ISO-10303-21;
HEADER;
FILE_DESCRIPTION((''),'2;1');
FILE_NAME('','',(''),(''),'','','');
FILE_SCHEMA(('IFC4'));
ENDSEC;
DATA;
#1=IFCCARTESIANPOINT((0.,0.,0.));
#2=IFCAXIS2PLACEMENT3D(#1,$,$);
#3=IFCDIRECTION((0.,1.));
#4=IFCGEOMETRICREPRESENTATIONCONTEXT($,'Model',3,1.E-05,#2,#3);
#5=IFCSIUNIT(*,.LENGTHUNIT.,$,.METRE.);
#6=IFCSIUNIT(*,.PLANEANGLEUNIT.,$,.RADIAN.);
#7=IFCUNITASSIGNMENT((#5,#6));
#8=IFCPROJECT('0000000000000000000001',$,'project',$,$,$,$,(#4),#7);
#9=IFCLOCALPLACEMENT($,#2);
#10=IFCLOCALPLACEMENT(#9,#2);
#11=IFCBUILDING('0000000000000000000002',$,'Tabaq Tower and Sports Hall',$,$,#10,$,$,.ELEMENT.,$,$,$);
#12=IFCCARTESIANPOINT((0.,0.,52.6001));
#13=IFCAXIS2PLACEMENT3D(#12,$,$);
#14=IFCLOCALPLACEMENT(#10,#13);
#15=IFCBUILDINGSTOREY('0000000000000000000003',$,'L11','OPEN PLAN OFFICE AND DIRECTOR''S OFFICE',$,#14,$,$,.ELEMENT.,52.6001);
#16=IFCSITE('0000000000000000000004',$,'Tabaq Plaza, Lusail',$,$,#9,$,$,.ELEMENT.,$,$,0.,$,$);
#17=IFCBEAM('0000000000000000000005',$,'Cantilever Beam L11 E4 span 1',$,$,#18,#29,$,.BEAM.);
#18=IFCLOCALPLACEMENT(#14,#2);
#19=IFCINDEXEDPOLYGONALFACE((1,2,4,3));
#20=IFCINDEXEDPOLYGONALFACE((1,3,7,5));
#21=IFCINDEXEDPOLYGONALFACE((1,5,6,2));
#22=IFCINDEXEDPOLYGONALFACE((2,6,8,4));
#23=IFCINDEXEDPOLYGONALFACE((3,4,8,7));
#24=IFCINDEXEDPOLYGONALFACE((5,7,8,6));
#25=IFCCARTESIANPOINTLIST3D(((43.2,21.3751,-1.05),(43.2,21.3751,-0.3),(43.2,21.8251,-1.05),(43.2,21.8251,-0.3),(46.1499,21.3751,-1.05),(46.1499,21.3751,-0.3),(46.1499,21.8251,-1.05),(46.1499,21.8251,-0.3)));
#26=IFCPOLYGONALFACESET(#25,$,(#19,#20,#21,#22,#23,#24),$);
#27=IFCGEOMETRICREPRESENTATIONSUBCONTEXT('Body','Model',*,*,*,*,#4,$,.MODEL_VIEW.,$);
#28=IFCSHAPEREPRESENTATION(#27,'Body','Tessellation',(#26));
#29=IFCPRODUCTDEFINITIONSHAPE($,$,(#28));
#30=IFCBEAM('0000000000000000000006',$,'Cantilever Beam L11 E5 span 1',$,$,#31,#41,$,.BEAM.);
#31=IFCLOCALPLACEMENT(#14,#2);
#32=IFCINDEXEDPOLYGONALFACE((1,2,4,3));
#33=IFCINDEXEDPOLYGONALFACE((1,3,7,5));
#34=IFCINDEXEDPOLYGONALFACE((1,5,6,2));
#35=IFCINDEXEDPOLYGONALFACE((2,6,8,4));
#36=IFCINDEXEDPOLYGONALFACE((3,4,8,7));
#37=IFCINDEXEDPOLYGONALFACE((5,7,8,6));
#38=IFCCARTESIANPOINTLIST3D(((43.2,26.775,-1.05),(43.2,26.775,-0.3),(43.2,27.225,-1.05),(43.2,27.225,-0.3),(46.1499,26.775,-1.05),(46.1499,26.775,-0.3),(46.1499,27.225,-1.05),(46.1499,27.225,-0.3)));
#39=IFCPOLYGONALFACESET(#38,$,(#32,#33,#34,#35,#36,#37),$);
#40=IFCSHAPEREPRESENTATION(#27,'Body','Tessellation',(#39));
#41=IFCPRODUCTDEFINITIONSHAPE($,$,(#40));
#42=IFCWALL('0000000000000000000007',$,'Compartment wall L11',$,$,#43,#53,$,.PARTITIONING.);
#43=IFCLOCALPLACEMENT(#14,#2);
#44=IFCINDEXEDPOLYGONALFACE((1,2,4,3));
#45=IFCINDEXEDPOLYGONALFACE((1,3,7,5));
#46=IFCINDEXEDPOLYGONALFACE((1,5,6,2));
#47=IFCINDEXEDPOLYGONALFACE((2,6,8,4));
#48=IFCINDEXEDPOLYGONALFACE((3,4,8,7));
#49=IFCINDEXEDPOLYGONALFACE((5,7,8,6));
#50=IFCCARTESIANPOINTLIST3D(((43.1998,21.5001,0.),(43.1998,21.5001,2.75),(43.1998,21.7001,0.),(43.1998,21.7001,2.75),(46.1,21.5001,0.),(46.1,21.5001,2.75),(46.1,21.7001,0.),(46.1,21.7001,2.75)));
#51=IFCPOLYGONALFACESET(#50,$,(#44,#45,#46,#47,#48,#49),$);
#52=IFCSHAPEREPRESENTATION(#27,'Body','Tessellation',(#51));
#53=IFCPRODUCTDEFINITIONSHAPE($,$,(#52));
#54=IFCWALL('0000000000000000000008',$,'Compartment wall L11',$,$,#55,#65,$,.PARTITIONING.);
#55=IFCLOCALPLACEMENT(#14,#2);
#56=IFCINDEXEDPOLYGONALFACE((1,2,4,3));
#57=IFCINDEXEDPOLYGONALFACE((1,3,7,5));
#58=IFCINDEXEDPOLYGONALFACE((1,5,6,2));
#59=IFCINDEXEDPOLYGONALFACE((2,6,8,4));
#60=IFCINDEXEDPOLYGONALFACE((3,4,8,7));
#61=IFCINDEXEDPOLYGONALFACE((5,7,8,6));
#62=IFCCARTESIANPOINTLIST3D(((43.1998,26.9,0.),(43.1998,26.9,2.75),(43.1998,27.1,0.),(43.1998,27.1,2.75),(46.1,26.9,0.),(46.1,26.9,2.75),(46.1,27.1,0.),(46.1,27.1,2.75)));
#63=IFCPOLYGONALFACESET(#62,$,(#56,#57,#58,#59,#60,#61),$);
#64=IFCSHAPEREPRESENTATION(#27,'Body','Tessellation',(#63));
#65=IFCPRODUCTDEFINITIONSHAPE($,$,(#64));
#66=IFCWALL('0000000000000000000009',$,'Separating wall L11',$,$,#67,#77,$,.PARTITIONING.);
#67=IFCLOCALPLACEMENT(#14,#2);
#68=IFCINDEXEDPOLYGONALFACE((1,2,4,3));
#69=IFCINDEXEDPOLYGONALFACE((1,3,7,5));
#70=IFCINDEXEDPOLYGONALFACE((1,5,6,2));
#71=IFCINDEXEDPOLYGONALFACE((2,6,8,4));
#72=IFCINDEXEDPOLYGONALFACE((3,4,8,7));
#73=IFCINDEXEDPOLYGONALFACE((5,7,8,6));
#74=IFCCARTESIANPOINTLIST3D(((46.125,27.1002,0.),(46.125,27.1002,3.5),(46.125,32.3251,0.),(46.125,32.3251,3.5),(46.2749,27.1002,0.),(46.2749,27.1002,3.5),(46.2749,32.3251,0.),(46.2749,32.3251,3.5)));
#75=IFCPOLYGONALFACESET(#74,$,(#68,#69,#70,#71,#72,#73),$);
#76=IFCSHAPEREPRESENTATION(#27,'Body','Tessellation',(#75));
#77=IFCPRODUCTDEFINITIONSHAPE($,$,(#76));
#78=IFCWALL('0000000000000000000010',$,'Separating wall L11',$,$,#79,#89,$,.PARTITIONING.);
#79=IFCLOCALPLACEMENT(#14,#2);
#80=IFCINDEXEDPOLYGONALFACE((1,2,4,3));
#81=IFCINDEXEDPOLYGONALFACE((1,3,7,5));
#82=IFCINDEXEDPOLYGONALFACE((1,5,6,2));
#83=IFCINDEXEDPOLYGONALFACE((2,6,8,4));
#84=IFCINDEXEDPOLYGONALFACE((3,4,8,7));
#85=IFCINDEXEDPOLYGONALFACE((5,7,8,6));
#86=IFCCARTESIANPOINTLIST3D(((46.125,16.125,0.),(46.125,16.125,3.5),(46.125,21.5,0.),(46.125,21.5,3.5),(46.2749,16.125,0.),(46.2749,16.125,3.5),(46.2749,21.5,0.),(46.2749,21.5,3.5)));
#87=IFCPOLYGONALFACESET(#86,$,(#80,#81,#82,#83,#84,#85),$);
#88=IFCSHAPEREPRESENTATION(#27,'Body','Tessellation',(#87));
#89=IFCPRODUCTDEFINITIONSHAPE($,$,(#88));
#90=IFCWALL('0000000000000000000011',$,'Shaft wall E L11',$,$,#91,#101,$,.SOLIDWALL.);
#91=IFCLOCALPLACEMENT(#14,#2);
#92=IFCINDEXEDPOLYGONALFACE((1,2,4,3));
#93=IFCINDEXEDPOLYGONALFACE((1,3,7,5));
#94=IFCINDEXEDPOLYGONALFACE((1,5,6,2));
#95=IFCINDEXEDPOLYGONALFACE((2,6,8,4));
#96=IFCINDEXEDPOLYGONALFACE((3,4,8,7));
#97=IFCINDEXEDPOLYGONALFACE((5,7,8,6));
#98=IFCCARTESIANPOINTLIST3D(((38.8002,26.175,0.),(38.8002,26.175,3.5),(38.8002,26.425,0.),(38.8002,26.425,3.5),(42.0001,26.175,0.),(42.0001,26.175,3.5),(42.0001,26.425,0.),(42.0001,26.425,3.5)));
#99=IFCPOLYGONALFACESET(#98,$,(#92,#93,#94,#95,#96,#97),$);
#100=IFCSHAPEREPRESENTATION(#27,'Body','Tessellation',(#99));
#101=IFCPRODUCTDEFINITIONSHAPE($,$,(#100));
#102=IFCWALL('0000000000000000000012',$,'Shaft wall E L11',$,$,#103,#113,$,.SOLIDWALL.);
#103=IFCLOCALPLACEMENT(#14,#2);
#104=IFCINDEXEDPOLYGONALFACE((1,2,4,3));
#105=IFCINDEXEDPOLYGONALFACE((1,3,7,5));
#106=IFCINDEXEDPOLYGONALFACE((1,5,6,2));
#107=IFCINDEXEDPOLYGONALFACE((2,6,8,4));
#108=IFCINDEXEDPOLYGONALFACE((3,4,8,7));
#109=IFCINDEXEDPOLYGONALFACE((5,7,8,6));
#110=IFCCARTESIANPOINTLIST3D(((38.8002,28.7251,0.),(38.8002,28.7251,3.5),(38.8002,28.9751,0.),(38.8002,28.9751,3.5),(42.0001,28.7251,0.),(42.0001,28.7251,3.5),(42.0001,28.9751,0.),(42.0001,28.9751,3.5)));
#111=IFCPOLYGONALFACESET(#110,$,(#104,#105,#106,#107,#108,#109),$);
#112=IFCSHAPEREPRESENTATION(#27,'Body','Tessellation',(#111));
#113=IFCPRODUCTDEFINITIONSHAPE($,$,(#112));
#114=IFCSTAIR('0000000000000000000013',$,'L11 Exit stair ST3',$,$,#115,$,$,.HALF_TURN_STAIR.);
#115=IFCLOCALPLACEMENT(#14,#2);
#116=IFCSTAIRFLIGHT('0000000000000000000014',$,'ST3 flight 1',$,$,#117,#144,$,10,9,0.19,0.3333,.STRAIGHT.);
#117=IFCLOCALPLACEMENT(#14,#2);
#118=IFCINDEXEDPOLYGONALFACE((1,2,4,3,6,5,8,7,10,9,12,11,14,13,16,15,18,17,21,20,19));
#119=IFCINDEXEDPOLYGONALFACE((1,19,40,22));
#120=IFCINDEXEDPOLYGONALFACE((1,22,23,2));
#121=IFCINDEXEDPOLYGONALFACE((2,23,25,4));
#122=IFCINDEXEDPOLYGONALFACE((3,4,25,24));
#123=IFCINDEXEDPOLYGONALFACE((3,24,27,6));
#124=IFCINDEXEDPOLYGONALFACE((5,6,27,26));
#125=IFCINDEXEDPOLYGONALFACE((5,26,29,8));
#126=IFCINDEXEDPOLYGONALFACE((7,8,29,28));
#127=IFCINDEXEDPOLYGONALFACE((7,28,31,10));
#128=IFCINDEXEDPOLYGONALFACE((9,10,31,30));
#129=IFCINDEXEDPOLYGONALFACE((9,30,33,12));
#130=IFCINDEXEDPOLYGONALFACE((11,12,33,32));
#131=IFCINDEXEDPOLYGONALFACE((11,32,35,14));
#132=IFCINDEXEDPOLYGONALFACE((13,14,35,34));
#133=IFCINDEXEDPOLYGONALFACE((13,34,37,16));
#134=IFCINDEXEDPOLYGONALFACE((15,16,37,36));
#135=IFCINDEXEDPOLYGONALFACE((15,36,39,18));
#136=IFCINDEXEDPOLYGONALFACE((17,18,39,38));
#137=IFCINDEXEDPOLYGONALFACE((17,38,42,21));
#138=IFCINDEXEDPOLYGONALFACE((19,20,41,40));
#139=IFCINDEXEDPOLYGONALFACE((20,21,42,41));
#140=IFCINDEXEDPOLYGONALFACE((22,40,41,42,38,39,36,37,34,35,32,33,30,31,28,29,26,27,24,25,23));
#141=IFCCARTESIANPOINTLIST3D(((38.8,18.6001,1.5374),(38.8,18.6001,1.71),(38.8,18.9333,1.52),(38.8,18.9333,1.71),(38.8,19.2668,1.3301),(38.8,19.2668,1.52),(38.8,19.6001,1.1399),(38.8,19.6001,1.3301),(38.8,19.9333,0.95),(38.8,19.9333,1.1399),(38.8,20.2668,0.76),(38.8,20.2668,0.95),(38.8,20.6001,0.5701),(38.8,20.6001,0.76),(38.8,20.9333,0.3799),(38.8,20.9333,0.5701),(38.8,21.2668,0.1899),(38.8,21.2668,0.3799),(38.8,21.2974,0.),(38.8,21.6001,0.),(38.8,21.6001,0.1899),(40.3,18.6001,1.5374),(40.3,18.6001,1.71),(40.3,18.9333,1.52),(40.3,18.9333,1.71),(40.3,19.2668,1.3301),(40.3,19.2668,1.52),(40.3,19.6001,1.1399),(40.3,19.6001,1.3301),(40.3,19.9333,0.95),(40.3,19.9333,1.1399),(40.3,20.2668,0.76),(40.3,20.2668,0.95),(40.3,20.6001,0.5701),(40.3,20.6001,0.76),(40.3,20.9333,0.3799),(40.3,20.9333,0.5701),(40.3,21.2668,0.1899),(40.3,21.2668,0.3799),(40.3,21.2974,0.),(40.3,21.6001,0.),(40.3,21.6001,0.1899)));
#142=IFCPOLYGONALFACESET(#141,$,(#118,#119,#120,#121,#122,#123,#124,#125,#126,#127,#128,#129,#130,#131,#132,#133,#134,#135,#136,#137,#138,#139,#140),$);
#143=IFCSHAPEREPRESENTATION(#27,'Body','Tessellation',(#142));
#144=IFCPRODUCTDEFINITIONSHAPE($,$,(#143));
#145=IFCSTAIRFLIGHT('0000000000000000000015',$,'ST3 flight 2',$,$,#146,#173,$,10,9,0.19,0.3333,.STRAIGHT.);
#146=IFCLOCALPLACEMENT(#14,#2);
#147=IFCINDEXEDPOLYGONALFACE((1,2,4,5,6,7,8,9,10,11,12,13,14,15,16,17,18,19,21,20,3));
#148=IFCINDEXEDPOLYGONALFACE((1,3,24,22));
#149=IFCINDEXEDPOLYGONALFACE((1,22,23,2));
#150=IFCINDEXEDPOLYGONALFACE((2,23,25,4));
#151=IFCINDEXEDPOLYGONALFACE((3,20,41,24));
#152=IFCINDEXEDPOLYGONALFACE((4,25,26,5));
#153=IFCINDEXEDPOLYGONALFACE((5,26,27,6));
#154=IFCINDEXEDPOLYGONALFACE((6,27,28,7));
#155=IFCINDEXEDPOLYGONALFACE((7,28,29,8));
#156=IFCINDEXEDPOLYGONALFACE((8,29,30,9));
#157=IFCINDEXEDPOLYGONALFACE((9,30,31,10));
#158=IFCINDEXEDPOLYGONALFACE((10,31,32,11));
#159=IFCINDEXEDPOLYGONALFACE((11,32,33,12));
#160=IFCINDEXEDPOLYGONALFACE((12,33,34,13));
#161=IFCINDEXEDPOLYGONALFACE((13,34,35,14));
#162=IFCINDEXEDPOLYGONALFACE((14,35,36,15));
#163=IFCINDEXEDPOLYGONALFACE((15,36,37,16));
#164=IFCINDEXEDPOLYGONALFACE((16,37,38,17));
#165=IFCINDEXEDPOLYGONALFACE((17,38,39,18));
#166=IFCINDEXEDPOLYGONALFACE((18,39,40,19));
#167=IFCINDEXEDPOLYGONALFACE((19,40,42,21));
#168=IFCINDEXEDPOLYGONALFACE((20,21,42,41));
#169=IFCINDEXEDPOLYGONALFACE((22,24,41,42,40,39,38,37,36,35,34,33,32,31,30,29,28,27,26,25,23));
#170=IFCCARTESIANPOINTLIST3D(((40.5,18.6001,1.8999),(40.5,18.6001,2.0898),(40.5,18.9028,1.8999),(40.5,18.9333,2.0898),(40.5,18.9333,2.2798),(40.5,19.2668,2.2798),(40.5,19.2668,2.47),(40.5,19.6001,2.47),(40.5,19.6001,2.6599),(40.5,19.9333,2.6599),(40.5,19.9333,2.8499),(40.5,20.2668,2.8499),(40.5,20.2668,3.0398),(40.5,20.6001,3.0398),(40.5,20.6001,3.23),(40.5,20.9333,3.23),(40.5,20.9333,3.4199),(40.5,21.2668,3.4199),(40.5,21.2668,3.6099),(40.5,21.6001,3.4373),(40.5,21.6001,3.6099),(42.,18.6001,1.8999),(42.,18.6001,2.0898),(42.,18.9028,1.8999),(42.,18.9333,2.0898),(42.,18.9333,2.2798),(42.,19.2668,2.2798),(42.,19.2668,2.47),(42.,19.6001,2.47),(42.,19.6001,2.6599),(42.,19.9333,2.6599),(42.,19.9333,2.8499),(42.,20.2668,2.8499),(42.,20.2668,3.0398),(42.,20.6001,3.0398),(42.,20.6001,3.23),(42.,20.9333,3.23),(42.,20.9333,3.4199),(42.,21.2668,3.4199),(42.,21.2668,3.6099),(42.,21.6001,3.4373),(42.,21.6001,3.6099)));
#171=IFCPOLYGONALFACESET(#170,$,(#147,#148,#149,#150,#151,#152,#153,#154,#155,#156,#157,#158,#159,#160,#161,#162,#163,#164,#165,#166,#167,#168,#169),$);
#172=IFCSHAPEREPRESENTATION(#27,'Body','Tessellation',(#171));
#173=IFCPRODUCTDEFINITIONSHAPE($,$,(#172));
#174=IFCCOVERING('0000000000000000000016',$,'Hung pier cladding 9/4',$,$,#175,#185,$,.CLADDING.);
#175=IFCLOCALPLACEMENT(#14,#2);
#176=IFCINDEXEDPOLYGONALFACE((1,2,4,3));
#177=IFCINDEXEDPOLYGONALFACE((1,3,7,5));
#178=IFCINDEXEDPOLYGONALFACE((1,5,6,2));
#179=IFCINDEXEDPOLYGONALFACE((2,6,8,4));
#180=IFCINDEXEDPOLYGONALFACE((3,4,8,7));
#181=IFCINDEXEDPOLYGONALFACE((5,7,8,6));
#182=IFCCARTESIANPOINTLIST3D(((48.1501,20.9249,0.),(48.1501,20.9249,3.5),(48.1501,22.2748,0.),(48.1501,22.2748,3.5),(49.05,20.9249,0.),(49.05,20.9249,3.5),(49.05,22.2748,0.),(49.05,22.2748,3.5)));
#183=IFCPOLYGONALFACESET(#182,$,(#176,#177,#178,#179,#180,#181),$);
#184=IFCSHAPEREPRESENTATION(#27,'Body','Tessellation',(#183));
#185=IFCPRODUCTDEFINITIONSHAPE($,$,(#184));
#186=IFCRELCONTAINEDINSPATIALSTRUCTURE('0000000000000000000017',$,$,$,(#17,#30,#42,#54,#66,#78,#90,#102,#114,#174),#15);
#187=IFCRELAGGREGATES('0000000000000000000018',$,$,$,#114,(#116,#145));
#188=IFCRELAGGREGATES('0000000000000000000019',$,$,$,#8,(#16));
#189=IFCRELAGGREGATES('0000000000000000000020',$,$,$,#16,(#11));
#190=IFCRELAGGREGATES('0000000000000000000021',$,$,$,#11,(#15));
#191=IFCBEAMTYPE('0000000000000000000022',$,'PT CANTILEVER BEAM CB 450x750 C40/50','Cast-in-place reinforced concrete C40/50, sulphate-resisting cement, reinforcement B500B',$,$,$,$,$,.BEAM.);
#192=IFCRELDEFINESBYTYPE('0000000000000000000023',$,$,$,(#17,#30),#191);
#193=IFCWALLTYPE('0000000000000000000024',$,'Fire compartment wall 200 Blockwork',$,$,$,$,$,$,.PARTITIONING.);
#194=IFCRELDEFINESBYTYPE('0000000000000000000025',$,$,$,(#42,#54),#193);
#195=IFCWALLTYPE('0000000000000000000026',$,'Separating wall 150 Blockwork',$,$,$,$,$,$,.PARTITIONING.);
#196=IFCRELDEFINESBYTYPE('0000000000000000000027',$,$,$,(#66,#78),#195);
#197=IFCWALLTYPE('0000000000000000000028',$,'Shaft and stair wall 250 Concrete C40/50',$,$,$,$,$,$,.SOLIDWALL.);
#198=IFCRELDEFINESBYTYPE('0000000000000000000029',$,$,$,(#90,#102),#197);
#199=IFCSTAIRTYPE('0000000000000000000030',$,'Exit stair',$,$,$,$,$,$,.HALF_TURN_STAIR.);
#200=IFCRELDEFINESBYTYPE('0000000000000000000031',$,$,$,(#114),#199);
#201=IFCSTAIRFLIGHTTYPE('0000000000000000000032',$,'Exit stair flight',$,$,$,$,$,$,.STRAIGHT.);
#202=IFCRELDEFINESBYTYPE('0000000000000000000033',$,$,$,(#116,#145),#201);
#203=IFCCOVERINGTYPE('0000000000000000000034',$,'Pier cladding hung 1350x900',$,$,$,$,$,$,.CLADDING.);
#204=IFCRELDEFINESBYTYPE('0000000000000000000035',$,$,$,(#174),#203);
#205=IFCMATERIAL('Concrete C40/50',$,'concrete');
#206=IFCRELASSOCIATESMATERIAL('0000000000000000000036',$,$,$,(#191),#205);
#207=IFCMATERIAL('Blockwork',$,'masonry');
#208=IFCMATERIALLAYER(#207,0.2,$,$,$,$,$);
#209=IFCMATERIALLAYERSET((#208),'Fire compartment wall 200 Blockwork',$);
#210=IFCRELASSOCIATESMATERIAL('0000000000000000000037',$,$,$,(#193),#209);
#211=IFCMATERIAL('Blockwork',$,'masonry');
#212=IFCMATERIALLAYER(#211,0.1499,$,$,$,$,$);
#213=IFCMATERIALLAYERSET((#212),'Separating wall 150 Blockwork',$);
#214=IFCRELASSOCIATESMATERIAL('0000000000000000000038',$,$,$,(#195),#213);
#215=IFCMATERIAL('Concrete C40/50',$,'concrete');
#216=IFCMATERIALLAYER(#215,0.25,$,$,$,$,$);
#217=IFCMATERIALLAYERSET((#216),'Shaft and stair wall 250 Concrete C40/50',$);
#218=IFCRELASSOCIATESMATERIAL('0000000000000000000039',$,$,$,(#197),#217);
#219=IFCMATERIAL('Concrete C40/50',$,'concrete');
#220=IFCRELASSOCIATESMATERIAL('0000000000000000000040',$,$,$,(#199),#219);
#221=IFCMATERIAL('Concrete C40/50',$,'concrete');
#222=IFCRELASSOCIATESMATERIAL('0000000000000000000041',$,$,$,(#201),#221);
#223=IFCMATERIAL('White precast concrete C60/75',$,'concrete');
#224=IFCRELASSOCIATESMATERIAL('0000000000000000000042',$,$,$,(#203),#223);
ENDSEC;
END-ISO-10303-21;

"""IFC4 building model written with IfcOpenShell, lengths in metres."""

from ifc_helpers import new_model, si_unit, direction, frame, frame_2d, origin, origin_2d, place, context, subcontext, project, spatial, polyline, rectangle, outline, extrude, material, layer, layer_set, material_profile, profile_set, type_object, element, aggregate, save


model = new_model("IFC4")

# Units and contexts
model_context = context("Model", 3, precision=1e-05, world=origin(), true_north=direction((0.0, 1.0)))
body_context = subcontext(model_context, "Body", "Model", "MODEL_VIEW")
ifc_project = project(units=[si_unit("LENGTHUNIT", "METRE"), si_unit("PLANEANGLEUNIT", "RADIAN")], contexts=[model_context])

# Site, building, storey
site_placement = place(None, origin())
site = spatial("IfcSite", under=ifc_project, at=site_placement, Name="Tabaq Plaza, Lusail", CompositionType="ELEMENT", RefElevation=0.0)
building_placement = place(site_placement, origin())
building = spatial("IfcBuilding", under=site, at=building_placement, Name="Tabaq Tower and Sports Hall", CompositionType="ELEMENT")
storey_placement = place(building_placement, frame((0.0, 0.0, 52.6001)))
storey = spatial("IfcBuildingStorey", under=building, at=storey_placement, Name="L11", Description="OPEN PLAN OFFICE AND DIRECTOR'S OFFICE", CompositionType="ELEMENT", Elevation=52.6001)

# Beams
ifc_material_1 = material(Name="Concrete C40/50", Category="concrete")
ifc_material_profile = material_profile(ifc_material_1, rectangle(XDim=0.45, YDim=0.75, at=origin_2d()), Name="CB 450x750")
ifc_profile_set = profile_set([ifc_material_profile], Name="Concrete C40/50")
beam_type = type_object("IfcBeamType", Name="PT CANTILEVER BEAM CB 450x750 C40/50", Description="Cast-in-place reinforced concrete C40/50, sulphate-resisting cement, reinforcement B500B", PredefinedType="BEAM", material=ifc_profile_set)
for number, where, z_axis, x_axis, name in (
    (1, (46.1499, 21.6001, -0.675), (-1.0, 0.0, 0.0), (0.0, -1.0, 0.0), "Cantilever Beam L11 E4 span 1"),
    (2, (46.1499, 27.0, -0.675), (-1.0, 0.0, 0.0), (0.0, -1.0, 0.0), "Cantilever Beam L11 E5 span 1"),
):
    element("IfcBeam", number, at=place(storey_placement, frame(where, z_axis=z_axis, x_axis=x_axis)), inside=storey, type_object=beam_type, Name=name, PredefinedType="BEAM", context=body_context, shape_type="SweptSolid", body=[
        extrude(rectangle(XDim=0.45, YDim=0.75, at=origin_2d()), origin(), (0.0, 0.0, 1.0), 2.95),
    ])

# Shared definitions
ifc_material_2 = material(Name="Blockwork", Category="masonry")
ifc_layer_1 = layer(ifc_material_2, 0.2)
ifc_layer_set_1 = layer_set([ifc_layer_1], Name="Fire compartment wall 200 Blockwork")
wall_type_1 = type_object("IfcWallType", Name="Fire compartment wall 200 Blockwork", PredefinedType="PARTITIONING", material=ifc_layer_set_1)

# Walls
for number, where, z_axis, x_axis, name in (
    (3, (46.1001, 21.6001, 0.0), (0.0, 0.0, 1.0), (-1.0, 0.0, 0.0), "Compartment wall L11"),
    (4, (46.1001, 27.0, 0.0), (0.0, 0.0, 1.0), (-1.0, 0.0, 0.0), "Compartment wall L11"),
):
    element("IfcWall", number, at=place(storey_placement, frame(where, z_axis=z_axis, x_axis=x_axis)), inside=storey, type_object=wall_type_1, Name=name, PredefinedType="PARTITIONING", context=body_context, shape_type="SweptSolid", body=[
        extrude(rectangle(XDim=2.9001, YDim=0.2, at=frame_2d((1.4502, 0.0))), origin(), (0.0, 0.0, 1.0), 2.75),
    ])
ifc_material_3 = material(Name="Blockwork", Category="masonry")
ifc_layer_2 = layer(ifc_material_3, 0.1499)
ifc_layer_set_2 = layer_set([ifc_layer_2], Name="Separating wall 150 Blockwork")
wall_type_2 = type_object("IfcWallType", Name="Separating wall 150 Blockwork", PredefinedType="PARTITIONING", material=ifc_layer_set_2)
wall_1_placement = place(storey_placement, frame((46.2, 32.325, 0.0), z_axis=(0.0, 0.0, 1.0), x_axis=(0.0, -1.0, 0.0)))
element("IfcWall", 5, at=wall_1_placement, inside=storey, type_object=wall_type_2, Name="Separating wall L11", PredefinedType="PARTITIONING", context=body_context, shape_type="SweptSolid", body=[
    extrude(rectangle(XDim=5.2249, YDim=0.1499, at=frame_2d((2.6123, 0.0))), origin(), (0.0, 0.0, 1.0), 3.5),
])
wall_2_placement = place(storey_placement, frame((46.2, 21.5, 0.0), z_axis=(0.0, 0.0, 1.0), x_axis=(0.0, -1.0, 0.0)))
element("IfcWall", 6, at=wall_2_placement, inside=storey, type_object=wall_type_2, Name="Separating wall L11", PredefinedType="PARTITIONING", context=body_context, shape_type="SweptSolid", body=[
    extrude(rectangle(XDim=5.375, YDim=0.1499, at=frame_2d((2.6875, 0.0))), origin(), (0.0, 0.0, 1.0), 3.5),
])
ifc_material_4 = material(Name="Concrete C40/50", Category="concrete")
ifc_layer_3 = layer(ifc_material_4, 0.25)
ifc_layer_set_3 = layer_set([ifc_layer_3], Name="Shaft and stair wall 250 Concrete C40/50")
wall_type_3 = type_object("IfcWallType", Name="Shaft and stair wall 250 Concrete C40/50", PredefinedType="SOLIDWALL", material=ifc_layer_set_3)
for number, where, z_axis, x_axis, name in (
    (7, (38.8, 26.3, 0.0), (0.0, 0.0, 1.0), (1.0, 0.0, 0.0), "Shaft wall E L11"),
    (8, (38.8, 28.8501, 0.0), (0.0, 0.0, 1.0), (1.0, 0.0, 0.0), "Shaft wall E L11"),
):
    element("IfcWall", number, at=place(storey_placement, frame(where, z_axis=z_axis, x_axis=x_axis)), inside=storey, type_object=wall_type_3, Name=name, PredefinedType="SOLIDWALL", context=body_context, shape_type="SweptSolid", body=[
        extrude(rectangle(XDim=3.2, YDim=0.25, at=frame_2d((1.6001, 0.0))), origin(), (0.0, 0.0, 1.0), 3.5),
    ])

# Stair, stair flights
ifc_material_5 = material(Name="Concrete C40/50", Category="concrete")
stair_type = type_object("IfcStairType", Name="Exit stair", PredefinedType="HALF_TURN_STAIR", material=ifc_material_5)
stair_placement = place(storey_placement, origin())
stair = element("IfcStair", 9, at=stair_placement, inside=storey, type_object=stair_type, Name="L11 Exit stair ST3", PredefinedType="HALF_TURN_STAIR")
ifc_material_6 = material(Name="Concrete C40/50", Category="concrete")
stair_flight_type = type_object("IfcStairFlightType", Name="Exit stair flight", PredefinedType="STRAIGHT", material=ifc_material_6)
stair_flight_1_placement = place(storey_placement, frame((39.55, 21.6001, 0.0), z_axis=(0.0, 0.0, 1.0), x_axis=(0.0, -1.0, 0.0)))
stair_flight_1 = element("IfcStairFlight", 10, at=stair_flight_1_placement, type_object=stair_flight_type, Name="ST3 flight 1", NumberOfRisers=10, NumberOfTreads=9, PredefinedType="STRAIGHT", RiserHeight=0.19, TreadLength=0.3333, context=body_context, shape_type="SweptSolid", body=[
    extrude(outline(polyline([(0.0, 0.0), (0.0, 0.1899), (0.3333, 0.1899), (0.3333, 0.3799), (0.6667, 0.3799), (0.6667, 0.5701), (1.0, 0.5701), (1.0, 0.76), (1.3333, 0.76), (1.3333, 0.95), (1.6667, 0.95), (1.6667, 1.1399), (2.0, 1.1399), (2.0, 1.3301), (2.3333, 1.3301), (2.3333, 1.52), (2.6667, 1.52), (2.6667, 1.71), (3.0, 1.71), (3.0, 1.8999), (3.0, 1.5374), (0.3027, 0.0), (0.0, 0.0)])), frame((0.0, 0.75, 0.0), z_axis=(0.0, -1.0, 0.0), x_axis=(1.0, 0.0, 0.0)), (0.0, 0.0, 1.0), 1.5),
])
stair_flight_2_placement = place(storey_placement, frame((41.25, 18.6001, 1.8999), z_axis=(0.0, 0.0, 1.0), x_axis=(0.0, 1.0, 0.0)))
stair_flight_2 = element("IfcStairFlight", 11, at=stair_flight_2_placement, type_object=stair_flight_type, Name="ST3 flight 2", NumberOfRisers=10, NumberOfTreads=9, PredefinedType="STRAIGHT", RiserHeight=0.19, TreadLength=0.3333, context=body_context, shape_type="SweptSolid", body=[
    extrude(outline(polyline([(0.0, 0.0), (0.0, 0.1899), (0.3333, 0.1899), (0.3333, 0.3799), (0.6667, 0.3799), (0.6667, 0.5701), (1.0, 0.5701), (1.0, 0.76), (1.3333, 0.76), (1.3333, 0.95), (1.6667, 0.95), (1.6667, 1.1399), (2.0, 1.1399), (2.0, 1.3301), (2.3333, 1.3301), (2.3333, 1.52), (2.6667, 1.52), (2.6667, 1.71), (3.0, 1.71), (3.0, 1.8999), (3.0, 1.5374), (0.3027, 0.0), (0.0, 0.0)])), frame((0.0, 0.75, 0.0), z_axis=(0.0, -1.0, 0.0), x_axis=(1.0, 0.0, 0.0)), (0.0, 0.0, 1.0), 1.5),
])
aggregate(stair, [stair_flight_1, stair_flight_2])

# Covering
ifc_material_7 = material(Name="White precast concrete C60/75", Category="concrete")
covering_type_1 = type_object("IfcCoveringType", Name="Pier cladding hung 1350x900", PredefinedType="CLADDING", material=ifc_material_7)
covering_1_placement = place(storey_placement, frame((48.6001, 20.925, 0.0), z_axis=(0.0, 0.0, 1.0), x_axis=(0.0, 1.0, 0.0)))
element("IfcCovering", 12, at=covering_1_placement, inside=storey, type_object=covering_type_1, Name="Hung pier cladding 9/4", PredefinedType="CLADDING", context=body_context, shape_type="SweptSolid", body=[
    extrude(rectangle(XDim=1.3499, YDim=0.8999, at=frame_2d((0.6748, 0.0))), origin(), (0.0, 0.0, 1.0), 3.5),
])

save(model, "model.ifc")
